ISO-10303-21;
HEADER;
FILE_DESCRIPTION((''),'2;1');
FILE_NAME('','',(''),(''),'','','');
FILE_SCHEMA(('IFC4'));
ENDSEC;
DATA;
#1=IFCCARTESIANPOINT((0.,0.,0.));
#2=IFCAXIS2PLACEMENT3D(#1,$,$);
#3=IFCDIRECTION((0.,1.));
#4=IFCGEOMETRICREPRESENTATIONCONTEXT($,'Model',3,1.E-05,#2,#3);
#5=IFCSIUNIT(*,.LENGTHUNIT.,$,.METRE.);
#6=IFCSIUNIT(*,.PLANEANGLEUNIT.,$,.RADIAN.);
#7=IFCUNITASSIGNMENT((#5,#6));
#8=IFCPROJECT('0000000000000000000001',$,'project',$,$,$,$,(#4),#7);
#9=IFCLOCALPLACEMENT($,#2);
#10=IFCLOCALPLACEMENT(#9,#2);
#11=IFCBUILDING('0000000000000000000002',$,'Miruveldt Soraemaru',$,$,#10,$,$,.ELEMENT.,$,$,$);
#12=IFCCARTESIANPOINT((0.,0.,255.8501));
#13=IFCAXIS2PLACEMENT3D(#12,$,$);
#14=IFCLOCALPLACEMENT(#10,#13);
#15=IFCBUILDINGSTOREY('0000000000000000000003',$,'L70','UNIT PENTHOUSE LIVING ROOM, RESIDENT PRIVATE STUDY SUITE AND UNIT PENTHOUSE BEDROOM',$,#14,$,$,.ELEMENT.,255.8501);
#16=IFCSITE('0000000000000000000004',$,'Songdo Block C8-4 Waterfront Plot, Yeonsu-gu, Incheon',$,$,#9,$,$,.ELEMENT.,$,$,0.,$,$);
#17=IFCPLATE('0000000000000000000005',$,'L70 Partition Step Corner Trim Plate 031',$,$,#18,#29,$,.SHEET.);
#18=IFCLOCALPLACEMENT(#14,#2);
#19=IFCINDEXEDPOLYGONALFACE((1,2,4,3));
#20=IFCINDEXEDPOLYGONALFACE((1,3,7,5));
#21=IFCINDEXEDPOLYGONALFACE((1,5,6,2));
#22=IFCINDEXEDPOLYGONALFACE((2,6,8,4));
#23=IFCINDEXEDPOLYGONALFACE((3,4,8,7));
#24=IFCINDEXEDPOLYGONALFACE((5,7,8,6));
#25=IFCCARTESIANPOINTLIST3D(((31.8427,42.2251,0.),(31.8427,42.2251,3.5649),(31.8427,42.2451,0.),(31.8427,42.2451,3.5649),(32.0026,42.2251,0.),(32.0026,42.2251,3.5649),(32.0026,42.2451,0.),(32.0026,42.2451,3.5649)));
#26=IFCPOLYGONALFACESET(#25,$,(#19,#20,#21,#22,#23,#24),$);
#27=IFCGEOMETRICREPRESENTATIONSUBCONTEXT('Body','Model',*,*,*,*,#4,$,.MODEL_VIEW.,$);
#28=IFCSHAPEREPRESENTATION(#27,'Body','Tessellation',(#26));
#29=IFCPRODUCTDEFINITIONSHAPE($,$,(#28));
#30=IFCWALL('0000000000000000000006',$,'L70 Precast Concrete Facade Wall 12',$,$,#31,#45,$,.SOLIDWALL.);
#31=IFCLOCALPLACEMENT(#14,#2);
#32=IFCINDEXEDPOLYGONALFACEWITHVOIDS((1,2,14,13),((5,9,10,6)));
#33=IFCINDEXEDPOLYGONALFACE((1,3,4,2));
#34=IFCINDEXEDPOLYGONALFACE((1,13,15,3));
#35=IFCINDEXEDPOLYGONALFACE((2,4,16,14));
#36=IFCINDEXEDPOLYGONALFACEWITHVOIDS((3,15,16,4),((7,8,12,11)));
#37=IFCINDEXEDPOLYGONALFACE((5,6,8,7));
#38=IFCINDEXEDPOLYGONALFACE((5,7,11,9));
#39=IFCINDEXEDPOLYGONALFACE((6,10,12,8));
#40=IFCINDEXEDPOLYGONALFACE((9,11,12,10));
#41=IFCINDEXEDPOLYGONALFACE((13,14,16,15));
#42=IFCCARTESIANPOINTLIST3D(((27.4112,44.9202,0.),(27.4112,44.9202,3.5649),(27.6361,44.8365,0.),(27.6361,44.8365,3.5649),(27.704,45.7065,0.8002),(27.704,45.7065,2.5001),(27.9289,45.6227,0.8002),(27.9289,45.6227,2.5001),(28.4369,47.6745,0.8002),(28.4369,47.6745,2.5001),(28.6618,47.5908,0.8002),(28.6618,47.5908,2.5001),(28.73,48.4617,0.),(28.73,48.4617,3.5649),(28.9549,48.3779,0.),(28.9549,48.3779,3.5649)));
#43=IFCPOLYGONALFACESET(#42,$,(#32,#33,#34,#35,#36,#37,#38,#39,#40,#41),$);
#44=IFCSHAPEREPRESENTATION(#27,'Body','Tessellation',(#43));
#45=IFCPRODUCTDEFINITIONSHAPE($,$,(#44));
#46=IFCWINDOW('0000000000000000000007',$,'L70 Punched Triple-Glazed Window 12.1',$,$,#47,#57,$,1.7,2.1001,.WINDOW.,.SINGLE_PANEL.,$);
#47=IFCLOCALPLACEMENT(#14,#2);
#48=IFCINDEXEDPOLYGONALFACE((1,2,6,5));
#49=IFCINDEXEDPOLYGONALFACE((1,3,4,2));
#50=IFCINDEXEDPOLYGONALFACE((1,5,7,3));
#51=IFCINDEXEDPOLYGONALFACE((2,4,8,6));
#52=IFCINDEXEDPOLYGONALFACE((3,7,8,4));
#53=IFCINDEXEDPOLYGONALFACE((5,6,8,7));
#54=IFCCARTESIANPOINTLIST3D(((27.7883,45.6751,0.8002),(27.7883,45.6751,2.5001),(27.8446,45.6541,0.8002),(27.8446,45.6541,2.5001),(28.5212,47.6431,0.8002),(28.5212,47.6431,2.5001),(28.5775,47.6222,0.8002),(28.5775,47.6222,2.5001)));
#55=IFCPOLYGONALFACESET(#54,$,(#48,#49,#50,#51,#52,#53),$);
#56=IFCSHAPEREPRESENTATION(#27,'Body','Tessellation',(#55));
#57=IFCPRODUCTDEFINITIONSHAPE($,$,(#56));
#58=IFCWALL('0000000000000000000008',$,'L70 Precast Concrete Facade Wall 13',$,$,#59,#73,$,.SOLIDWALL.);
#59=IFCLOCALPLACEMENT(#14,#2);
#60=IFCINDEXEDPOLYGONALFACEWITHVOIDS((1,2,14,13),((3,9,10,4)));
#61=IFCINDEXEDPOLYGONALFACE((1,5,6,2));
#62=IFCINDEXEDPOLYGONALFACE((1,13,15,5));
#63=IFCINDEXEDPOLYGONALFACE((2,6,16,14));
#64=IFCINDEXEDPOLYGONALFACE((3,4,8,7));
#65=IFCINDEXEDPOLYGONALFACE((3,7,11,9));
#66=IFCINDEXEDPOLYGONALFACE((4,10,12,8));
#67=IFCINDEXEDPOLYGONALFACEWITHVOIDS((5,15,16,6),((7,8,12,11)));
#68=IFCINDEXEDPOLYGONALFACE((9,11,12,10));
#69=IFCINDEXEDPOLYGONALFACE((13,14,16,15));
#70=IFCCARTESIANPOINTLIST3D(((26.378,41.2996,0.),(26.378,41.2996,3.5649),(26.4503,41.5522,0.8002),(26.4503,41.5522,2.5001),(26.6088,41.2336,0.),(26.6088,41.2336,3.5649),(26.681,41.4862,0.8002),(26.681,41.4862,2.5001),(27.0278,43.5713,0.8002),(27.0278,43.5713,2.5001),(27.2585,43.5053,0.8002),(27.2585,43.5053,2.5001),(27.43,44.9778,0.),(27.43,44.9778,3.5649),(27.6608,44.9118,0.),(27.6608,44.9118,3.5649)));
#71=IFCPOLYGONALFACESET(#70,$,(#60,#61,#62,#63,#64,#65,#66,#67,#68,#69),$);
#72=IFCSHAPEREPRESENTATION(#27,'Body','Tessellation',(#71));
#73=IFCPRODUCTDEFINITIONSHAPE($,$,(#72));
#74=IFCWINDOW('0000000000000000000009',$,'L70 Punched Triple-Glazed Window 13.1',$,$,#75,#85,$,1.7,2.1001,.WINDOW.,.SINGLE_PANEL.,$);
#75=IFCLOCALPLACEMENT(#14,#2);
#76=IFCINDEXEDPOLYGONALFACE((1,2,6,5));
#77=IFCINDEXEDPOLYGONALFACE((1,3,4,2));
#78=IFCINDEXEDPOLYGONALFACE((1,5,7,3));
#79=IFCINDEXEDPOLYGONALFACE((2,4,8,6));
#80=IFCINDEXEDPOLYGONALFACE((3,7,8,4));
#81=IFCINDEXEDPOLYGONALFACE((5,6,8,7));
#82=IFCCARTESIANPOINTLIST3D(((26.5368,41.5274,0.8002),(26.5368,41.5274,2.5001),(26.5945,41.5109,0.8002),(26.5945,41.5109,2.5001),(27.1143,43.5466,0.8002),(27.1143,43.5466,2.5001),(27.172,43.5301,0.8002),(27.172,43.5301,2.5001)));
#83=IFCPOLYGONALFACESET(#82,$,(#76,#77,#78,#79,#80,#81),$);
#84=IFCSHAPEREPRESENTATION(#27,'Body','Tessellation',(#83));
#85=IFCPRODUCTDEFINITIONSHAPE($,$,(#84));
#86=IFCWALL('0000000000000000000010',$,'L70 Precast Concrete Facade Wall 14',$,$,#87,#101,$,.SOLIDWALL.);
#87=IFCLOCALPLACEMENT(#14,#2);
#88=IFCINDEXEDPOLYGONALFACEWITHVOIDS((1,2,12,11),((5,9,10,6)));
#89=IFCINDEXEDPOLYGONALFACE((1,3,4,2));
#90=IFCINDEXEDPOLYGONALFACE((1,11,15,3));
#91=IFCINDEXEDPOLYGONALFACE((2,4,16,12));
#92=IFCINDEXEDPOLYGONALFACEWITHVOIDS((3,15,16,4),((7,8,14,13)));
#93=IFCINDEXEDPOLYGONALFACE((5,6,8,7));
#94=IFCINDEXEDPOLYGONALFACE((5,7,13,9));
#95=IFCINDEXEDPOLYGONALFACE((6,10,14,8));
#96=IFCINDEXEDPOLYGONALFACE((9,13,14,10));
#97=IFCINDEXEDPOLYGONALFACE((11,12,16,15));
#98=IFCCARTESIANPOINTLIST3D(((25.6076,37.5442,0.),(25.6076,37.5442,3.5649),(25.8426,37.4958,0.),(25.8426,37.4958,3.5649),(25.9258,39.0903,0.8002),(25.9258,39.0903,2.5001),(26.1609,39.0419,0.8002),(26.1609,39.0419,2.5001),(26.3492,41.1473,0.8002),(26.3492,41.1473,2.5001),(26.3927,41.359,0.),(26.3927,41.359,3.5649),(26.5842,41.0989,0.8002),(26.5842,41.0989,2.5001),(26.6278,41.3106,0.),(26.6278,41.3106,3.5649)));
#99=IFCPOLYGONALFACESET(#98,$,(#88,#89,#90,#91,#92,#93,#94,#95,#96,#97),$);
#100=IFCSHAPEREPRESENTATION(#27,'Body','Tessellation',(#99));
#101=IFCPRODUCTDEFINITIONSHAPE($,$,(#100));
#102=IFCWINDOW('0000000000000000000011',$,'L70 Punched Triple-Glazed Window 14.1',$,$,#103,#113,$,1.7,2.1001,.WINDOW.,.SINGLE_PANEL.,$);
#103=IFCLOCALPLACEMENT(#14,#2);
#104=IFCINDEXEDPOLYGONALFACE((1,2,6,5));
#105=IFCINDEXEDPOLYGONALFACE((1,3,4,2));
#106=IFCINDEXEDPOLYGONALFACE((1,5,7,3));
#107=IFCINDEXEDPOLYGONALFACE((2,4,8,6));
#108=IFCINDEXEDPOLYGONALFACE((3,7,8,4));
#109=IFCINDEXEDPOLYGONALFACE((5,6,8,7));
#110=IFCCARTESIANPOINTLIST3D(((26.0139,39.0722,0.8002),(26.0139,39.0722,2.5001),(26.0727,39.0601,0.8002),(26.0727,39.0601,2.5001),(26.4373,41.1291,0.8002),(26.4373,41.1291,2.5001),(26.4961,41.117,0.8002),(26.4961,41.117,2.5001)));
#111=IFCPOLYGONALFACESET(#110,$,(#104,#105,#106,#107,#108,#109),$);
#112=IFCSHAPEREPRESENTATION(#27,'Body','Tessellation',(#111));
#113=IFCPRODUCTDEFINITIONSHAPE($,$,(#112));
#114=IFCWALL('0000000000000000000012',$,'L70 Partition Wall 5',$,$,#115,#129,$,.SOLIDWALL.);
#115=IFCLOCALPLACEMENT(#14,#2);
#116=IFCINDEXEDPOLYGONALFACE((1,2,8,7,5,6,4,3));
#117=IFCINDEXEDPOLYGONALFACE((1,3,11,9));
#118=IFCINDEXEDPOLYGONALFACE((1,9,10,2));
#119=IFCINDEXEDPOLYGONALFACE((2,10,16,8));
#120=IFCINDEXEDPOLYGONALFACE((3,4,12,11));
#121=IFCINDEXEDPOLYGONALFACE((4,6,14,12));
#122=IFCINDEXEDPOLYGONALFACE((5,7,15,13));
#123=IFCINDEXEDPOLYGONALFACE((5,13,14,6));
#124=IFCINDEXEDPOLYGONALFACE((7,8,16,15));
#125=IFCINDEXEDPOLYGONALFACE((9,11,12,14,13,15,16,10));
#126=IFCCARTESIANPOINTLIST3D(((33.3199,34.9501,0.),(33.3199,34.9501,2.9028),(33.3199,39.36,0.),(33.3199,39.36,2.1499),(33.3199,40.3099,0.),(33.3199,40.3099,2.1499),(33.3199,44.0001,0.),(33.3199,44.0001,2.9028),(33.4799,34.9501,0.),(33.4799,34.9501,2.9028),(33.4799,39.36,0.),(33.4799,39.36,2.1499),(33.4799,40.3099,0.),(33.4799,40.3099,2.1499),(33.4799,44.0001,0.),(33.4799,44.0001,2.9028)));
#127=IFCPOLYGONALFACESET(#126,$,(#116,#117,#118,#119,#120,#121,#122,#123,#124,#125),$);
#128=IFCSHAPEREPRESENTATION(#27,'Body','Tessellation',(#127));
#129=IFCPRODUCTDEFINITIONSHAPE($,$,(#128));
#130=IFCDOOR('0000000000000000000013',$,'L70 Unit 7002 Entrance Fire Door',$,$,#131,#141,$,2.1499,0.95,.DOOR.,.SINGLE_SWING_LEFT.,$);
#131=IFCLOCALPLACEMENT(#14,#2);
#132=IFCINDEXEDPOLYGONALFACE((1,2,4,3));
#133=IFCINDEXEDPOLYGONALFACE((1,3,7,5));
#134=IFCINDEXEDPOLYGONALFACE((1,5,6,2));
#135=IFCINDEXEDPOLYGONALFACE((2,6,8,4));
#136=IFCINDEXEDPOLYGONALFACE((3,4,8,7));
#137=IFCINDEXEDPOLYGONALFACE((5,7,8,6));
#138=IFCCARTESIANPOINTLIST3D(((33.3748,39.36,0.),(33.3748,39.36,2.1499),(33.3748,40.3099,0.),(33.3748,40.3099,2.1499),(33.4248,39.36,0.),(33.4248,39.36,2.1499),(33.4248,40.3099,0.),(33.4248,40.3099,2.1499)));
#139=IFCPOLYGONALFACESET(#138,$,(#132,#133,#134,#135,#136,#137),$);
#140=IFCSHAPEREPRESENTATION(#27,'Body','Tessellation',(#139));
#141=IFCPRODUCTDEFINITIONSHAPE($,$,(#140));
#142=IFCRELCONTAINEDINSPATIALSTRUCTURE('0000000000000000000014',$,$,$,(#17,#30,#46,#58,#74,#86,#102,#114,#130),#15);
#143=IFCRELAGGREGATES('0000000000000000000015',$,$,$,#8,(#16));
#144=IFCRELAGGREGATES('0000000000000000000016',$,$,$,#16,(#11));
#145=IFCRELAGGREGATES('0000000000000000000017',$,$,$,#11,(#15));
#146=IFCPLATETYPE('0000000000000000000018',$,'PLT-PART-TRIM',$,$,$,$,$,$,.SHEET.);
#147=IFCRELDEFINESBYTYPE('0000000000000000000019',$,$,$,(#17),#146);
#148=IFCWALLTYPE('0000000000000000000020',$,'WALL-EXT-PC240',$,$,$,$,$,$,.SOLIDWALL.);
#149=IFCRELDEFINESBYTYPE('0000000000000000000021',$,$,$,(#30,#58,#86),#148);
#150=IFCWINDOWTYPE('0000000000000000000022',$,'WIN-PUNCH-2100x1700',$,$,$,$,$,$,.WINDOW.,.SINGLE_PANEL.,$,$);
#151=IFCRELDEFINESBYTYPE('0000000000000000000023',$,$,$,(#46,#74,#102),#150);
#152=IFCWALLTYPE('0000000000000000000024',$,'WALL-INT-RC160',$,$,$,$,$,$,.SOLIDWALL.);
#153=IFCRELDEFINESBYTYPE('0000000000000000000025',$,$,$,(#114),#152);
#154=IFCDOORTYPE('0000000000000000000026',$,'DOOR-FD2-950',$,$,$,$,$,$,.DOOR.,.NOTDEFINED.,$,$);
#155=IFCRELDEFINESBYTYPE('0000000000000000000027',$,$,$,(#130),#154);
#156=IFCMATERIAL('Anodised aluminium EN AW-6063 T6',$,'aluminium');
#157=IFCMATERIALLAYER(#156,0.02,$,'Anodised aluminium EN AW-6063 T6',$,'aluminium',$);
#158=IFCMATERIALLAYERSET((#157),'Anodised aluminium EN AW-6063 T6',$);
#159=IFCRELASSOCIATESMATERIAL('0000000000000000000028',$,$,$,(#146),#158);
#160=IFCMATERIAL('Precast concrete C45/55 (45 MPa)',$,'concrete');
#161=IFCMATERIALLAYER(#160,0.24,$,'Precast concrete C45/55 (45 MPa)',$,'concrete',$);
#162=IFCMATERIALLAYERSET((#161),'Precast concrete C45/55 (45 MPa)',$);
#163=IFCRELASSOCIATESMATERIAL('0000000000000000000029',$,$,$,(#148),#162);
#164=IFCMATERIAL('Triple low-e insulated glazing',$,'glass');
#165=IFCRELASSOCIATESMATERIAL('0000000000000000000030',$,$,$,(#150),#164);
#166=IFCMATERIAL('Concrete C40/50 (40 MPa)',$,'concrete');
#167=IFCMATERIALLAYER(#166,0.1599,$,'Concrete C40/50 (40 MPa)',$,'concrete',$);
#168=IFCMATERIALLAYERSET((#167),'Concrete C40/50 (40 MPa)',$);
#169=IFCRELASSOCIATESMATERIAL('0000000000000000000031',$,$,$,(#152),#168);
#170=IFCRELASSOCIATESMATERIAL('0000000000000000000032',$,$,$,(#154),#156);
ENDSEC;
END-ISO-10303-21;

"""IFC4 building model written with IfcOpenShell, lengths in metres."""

from ifc_helpers import new_model, si_unit, direction, frame, frame_2d, origin, origin_2d, place, context, subcontext, project, spatial, rectangle, extrude, material, layer, layer_set, type_object, element, fill, save


model = new_model("IFC4")

# Units and contexts
model_context = context("Model", 3, precision=1e-05, world=origin(), true_north=direction((0.0, 1.0)))
body_context = subcontext(model_context, "Body", "Model", "MODEL_VIEW")
ifc_project = project(units=[si_unit("LENGTHUNIT", "METRE"), si_unit("PLANEANGLEUNIT", "RADIAN")], contexts=[model_context])

# Site, building, storey
site_placement = place(None, origin())
site = spatial("IfcSite", under=ifc_project, at=site_placement, Name="Songdo Block C8-4 Waterfront Plot, Yeonsu-gu, Incheon", CompositionType="ELEMENT", RefElevation=0.0)
building_placement = place(site_placement, origin())
building = spatial("IfcBuilding", under=site, at=building_placement, Name="Miruveldt Soraemaru", CompositionType="ELEMENT")
storey_placement = place(building_placement, frame((0.0, 0.0, 255.8501)))
storey = spatial("IfcBuildingStorey", under=building, at=storey_placement, Name="L70", Description="UNIT PENTHOUSE LIVING ROOM, RESIDENT PRIVATE STUDY SUITE AND UNIT PENTHOUSE BEDROOM", CompositionType="ELEMENT", Elevation=255.8501)

# Plate
ifc_material_1 = material(Name="Anodised aluminium EN AW-6063 T6", Category="aluminium")
ifc_layer_1 = layer(ifc_material_1, 0.02, Name="Anodised aluminium EN AW-6063 T6", Category="aluminium")
ifc_layer_set_1 = layer_set([ifc_layer_1], Name="Anodised aluminium EN AW-6063 T6")
plate_type = type_object("IfcPlateType", Name="PLT-PART-TRIM", PredefinedType="SHEET", material=ifc_layer_set_1)
plate_placement = place(storey_placement, frame((31.9226, 42.2351, 0.0), z_axis=(0.0, 0.0, 1.0), x_axis=(-1.0, 0.0, 0.0)))
element("IfcPlate", 1, at=plate_placement, inside=storey, type_object=plate_type, Name="L70 Partition Step Corner Trim Plate 031", PredefinedType="SHEET", context=body_context, shape_type="SweptSolid", body=[
    extrude(rectangle(XDim=0.1599, YDim=0.02, at=origin_2d()), origin(), (0.0, 0.0, 1.0), 3.5649),
])

# Walls, openings, windows
ifc_material_2 = material(Name="Precast concrete C45/55 (45 MPa)", Category="concrete")
ifc_layer_2 = layer(ifc_material_2, 0.24, Name="Precast concrete C45/55 (45 MPa)", Category="concrete")
ifc_layer_set_2 = layer_set([ifc_layer_2], Name="Precast concrete C45/55 (45 MPa)")
wall_type_1 = type_object("IfcWallType", Name="WALL-EXT-PC240", PredefinedType="SOLIDWALL", material=ifc_layer_set_2)
wall_1_placement = place(storey_placement, frame((28.8425, 48.4199, 0.0), z_axis=(0.0, 0.0, 1.0), x_axis=(-0.348984, -0.937129, 0.0)))
wall_1 = element("IfcWall", 2, at=wall_1_placement, inside=storey, type_object=wall_type_1, Name="L70 Precast Concrete Facade Wall 12", PredefinedType="SOLIDWALL", context=body_context, shape_type="SweptSolid", body=[
    extrude(rectangle(XDim=3.7791, YDim=0.24, at=frame_2d((1.8896, 0.0))), origin(), (0.0, 0.0, 1.0), 3.5649),
])
opening_1_placement = place(wall_1_placement, frame((0.8401, 0.0, 0.8)))
opening_1 = element("IfcOpeningElement", 3, at=opening_1_placement, cuts=wall_1, PredefinedType="OPENING", context=body_context, shape_type="SweptSolid", body=[
    extrude(rectangle(XDim=2.1001, YDim=1.7, at=frame_2d((1.05, 0.8501))), frame((0.0, 0.1299, 0.0), z_axis=(0.0, -1.0, 0.0), x_axis=(1.0, 0.0, 0.0)), (0.0, 0.0, 1.0), 0.26),
])
ifc_material_3 = material(Name="Triple low-e insulated glazing", Category="glass")
window_type = type_object("IfcWindowType", Name="WIN-PUNCH-2100x1700", PartitioningType="SINGLE_PANEL", PredefinedType="WINDOW", material=ifc_material_3)
window_1_placement = place(opening_1_placement, origin())
window_1 = element("IfcWindow", 4, at=window_1_placement, inside=storey, type_object=window_type, Name="L70 Punched Triple-Glazed Window 12.1", OverallHeight=1.7, OverallWidth=2.1001, PartitioningType="SINGLE_PANEL", PredefinedType="WINDOW", context=body_context, shape_type="SweptSolid", body=[
    extrude(rectangle(XDim=2.1001, YDim=1.7, at=frame_2d((1.05, 0.8501))), frame((0.0, 0.03, 0.0), z_axis=(0.0, -1.0, 0.0), x_axis=(1.0, 0.0, 0.0)), (0.0, 0.0, 1.0), 0.0601),
])
fill(opening_1, window_1)
wall_2_placement = place(storey_placement, frame((27.5454, 44.9448, 0.0), z_axis=(0.0, 0.0, 1.0), x_axis=(-0.274982, -0.961449, 0.0)))
wall_2 = element("IfcWall", 5, at=wall_2_placement, inside=storey, type_object=wall_type_1, Name="L70 Precast Concrete Facade Wall 13", PredefinedType="SOLIDWALL", context=body_context, shape_type="SweptSolid", body=[
    extrude(rectangle(XDim=3.8257, YDim=0.24, at=frame_2d((1.9128, 0.0))), origin(), (0.0, 0.0, 1.0), 3.5649),
])
opening_2_placement = place(wall_2_placement, frame((1.4629, 0.0, 0.8)))
opening_2 = element("IfcOpeningElement", 6, at=opening_2_placement, cuts=wall_2, PredefinedType="OPENING", context=body_context, shape_type="SweptSolid", body=[
    extrude(rectangle(XDim=2.1001, YDim=1.7, at=frame_2d((1.05, 0.8501))), frame((0.0, 0.1299, 0.0), z_axis=(0.0, -1.0, 0.0), x_axis=(1.0, 0.0, 0.0)), (0.0, 0.0, 1.0), 0.26),
])
window_2_placement = place(opening_2_placement, origin())
window_2 = element("IfcWindow", 7, at=window_2_placement, inside=storey, type_object=window_type, Name="L70 Punched Triple-Glazed Window 13.1", OverallHeight=1.7, OverallWidth=2.1001, PartitioningType="SINGLE_PANEL", PredefinedType="WINDOW", context=body_context, shape_type="SweptSolid", body=[
    extrude(rectangle(XDim=2.1001, YDim=1.7, at=frame_2d((1.05, 0.8501))), frame((0.0, 0.03, 0.0), z_axis=(0.0, -1.0, 0.0), x_axis=(1.0, 0.0, 0.0)), (0.0, 0.0, 1.0), 0.0601),
])
fill(opening_2, window_2)
wall_3_placement = place(storey_placement, frame((26.5103, 41.3347, 0.0), z_axis=(0.0, 0.0, 1.0), x_axis=(-0.201598, -0.979468, 0.0)))
wall_3 = element("IfcWall", 8, at=wall_3_placement, inside=storey, type_object=wall_type_1, Name="L70 Precast Concrete Facade Wall 14", PredefinedType="SOLIDWALL", context=body_context, shape_type="SweptSolid", body=[
    extrude(rectangle(XDim=3.8948, YDim=0.24, at=frame_2d((1.9473, 0.0))), origin(), (0.0, 0.0, 1.0), 3.5649),
])
opening_3_placement = place(wall_3_placement, frame((0.2161, 0.0, 0.8)))
opening_3 = element("IfcOpeningElement", 9, at=opening_3_placement, cuts=wall_3, PredefinedType="OPENING", context=body_context, shape_type="SweptSolid", body=[
    extrude(rectangle(XDim=2.1001, YDim=1.7, at=frame_2d((1.05, 0.8501))), frame((0.0, 0.1299, 0.0), z_axis=(0.0, -1.0, 0.0), x_axis=(1.0, 0.0, 0.0)), (0.0, 0.0, 1.0), 0.26),
])
window_3_placement = place(opening_3_placement, origin())
window_3 = element("IfcWindow", 10, at=window_3_placement, inside=storey, type_object=window_type, Name="L70 Punched Triple-Glazed Window 14.1", OverallHeight=1.7, OverallWidth=2.1001, PartitioningType="SINGLE_PANEL", PredefinedType="WINDOW", context=body_context, shape_type="SweptSolid", body=[
    extrude(rectangle(XDim=2.1001, YDim=1.7, at=frame_2d((1.05, 0.8501))), frame((0.0, 0.03, 0.0), z_axis=(0.0, -1.0, 0.0), x_axis=(1.0, 0.0, 0.0)), (0.0, 0.0, 1.0), 0.0601),
])
fill(opening_3, window_3)

# Wall, opening, door
ifc_material_4 = material(Name="Concrete C40/50 (40 MPa)", Category="concrete")
ifc_layer_3 = layer(ifc_material_4, 0.1599, Name="Concrete C40/50 (40 MPa)", Category="concrete")
ifc_layer_set_3 = layer_set([ifc_layer_3], Name="Concrete C40/50 (40 MPa)")
wall_type_2 = type_object("IfcWallType", Name="WALL-INT-RC160", PredefinedType="SOLIDWALL", material=ifc_layer_set_3)
wall_4_placement = place(storey_placement, frame((33.3999, 44.0, 0.0), z_axis=(0.0, 0.0, 1.0), x_axis=(0.0, -1.0, 0.0)))
wall_4 = element("IfcWall", 11, at=wall_4_placement, inside=storey, type_object=wall_type_2, Name="L70 Partition Wall 5", PredefinedType="SOLIDWALL", context=body_context, shape_type="SweptSolid", body=[
    extrude(rectangle(XDim=9.05, YDim=0.1599, at=frame_2d((4.5249, 0.0))), origin(), (0.0, 0.0, 1.0), 2.9028),
])
opening_4_placement = place(wall_4_placement, frame((3.6899, 0.0, 0.0)))
opening_4 = element("IfcOpeningElement", 12, at=opening_4_placement, cuts=wall_4, PredefinedType="OPENING", context=body_context, shape_type="SweptSolid", body=[
    extrude(rectangle(XDim=0.95, YDim=2.1499, at=frame_2d((0.4751, 1.075))), frame((0.0, 0.0898, 0.0), z_axis=(0.0, -1.0, 0.0), x_axis=(1.0, 0.0, 0.0)), (0.0, 0.0, 1.0), 0.1799),
])
door_type_1 = type_object("IfcDoorType", Name="DOOR-FD2-950", OperationType="NOTDEFINED", PredefinedType="DOOR", material=ifc_material_1)
door_1_placement = place(opening_4_placement, origin())
door_1 = element("IfcDoor", 13, at=door_1_placement, inside=storey, type_object=door_type_1, Name="L70 Unit 7002 Entrance Fire Door", OperationType="SINGLE_SWING_LEFT", OverallHeight=2.1499, OverallWidth=0.95, PredefinedType="DOOR", context=body_context, shape_type="SweptSolid", body=[
    extrude(rectangle(XDim=0.95, YDim=2.1499, at=frame_2d((0.4751, 1.075))), frame((0.0, 0.0249, 0.0), z_axis=(0.0, -1.0, 0.0), x_axis=(1.0, 0.0, 0.0)), (0.0, 0.0, 1.0), 0.05),
])
fill(opening_4, door_1)

save(model, "model.ifc")
